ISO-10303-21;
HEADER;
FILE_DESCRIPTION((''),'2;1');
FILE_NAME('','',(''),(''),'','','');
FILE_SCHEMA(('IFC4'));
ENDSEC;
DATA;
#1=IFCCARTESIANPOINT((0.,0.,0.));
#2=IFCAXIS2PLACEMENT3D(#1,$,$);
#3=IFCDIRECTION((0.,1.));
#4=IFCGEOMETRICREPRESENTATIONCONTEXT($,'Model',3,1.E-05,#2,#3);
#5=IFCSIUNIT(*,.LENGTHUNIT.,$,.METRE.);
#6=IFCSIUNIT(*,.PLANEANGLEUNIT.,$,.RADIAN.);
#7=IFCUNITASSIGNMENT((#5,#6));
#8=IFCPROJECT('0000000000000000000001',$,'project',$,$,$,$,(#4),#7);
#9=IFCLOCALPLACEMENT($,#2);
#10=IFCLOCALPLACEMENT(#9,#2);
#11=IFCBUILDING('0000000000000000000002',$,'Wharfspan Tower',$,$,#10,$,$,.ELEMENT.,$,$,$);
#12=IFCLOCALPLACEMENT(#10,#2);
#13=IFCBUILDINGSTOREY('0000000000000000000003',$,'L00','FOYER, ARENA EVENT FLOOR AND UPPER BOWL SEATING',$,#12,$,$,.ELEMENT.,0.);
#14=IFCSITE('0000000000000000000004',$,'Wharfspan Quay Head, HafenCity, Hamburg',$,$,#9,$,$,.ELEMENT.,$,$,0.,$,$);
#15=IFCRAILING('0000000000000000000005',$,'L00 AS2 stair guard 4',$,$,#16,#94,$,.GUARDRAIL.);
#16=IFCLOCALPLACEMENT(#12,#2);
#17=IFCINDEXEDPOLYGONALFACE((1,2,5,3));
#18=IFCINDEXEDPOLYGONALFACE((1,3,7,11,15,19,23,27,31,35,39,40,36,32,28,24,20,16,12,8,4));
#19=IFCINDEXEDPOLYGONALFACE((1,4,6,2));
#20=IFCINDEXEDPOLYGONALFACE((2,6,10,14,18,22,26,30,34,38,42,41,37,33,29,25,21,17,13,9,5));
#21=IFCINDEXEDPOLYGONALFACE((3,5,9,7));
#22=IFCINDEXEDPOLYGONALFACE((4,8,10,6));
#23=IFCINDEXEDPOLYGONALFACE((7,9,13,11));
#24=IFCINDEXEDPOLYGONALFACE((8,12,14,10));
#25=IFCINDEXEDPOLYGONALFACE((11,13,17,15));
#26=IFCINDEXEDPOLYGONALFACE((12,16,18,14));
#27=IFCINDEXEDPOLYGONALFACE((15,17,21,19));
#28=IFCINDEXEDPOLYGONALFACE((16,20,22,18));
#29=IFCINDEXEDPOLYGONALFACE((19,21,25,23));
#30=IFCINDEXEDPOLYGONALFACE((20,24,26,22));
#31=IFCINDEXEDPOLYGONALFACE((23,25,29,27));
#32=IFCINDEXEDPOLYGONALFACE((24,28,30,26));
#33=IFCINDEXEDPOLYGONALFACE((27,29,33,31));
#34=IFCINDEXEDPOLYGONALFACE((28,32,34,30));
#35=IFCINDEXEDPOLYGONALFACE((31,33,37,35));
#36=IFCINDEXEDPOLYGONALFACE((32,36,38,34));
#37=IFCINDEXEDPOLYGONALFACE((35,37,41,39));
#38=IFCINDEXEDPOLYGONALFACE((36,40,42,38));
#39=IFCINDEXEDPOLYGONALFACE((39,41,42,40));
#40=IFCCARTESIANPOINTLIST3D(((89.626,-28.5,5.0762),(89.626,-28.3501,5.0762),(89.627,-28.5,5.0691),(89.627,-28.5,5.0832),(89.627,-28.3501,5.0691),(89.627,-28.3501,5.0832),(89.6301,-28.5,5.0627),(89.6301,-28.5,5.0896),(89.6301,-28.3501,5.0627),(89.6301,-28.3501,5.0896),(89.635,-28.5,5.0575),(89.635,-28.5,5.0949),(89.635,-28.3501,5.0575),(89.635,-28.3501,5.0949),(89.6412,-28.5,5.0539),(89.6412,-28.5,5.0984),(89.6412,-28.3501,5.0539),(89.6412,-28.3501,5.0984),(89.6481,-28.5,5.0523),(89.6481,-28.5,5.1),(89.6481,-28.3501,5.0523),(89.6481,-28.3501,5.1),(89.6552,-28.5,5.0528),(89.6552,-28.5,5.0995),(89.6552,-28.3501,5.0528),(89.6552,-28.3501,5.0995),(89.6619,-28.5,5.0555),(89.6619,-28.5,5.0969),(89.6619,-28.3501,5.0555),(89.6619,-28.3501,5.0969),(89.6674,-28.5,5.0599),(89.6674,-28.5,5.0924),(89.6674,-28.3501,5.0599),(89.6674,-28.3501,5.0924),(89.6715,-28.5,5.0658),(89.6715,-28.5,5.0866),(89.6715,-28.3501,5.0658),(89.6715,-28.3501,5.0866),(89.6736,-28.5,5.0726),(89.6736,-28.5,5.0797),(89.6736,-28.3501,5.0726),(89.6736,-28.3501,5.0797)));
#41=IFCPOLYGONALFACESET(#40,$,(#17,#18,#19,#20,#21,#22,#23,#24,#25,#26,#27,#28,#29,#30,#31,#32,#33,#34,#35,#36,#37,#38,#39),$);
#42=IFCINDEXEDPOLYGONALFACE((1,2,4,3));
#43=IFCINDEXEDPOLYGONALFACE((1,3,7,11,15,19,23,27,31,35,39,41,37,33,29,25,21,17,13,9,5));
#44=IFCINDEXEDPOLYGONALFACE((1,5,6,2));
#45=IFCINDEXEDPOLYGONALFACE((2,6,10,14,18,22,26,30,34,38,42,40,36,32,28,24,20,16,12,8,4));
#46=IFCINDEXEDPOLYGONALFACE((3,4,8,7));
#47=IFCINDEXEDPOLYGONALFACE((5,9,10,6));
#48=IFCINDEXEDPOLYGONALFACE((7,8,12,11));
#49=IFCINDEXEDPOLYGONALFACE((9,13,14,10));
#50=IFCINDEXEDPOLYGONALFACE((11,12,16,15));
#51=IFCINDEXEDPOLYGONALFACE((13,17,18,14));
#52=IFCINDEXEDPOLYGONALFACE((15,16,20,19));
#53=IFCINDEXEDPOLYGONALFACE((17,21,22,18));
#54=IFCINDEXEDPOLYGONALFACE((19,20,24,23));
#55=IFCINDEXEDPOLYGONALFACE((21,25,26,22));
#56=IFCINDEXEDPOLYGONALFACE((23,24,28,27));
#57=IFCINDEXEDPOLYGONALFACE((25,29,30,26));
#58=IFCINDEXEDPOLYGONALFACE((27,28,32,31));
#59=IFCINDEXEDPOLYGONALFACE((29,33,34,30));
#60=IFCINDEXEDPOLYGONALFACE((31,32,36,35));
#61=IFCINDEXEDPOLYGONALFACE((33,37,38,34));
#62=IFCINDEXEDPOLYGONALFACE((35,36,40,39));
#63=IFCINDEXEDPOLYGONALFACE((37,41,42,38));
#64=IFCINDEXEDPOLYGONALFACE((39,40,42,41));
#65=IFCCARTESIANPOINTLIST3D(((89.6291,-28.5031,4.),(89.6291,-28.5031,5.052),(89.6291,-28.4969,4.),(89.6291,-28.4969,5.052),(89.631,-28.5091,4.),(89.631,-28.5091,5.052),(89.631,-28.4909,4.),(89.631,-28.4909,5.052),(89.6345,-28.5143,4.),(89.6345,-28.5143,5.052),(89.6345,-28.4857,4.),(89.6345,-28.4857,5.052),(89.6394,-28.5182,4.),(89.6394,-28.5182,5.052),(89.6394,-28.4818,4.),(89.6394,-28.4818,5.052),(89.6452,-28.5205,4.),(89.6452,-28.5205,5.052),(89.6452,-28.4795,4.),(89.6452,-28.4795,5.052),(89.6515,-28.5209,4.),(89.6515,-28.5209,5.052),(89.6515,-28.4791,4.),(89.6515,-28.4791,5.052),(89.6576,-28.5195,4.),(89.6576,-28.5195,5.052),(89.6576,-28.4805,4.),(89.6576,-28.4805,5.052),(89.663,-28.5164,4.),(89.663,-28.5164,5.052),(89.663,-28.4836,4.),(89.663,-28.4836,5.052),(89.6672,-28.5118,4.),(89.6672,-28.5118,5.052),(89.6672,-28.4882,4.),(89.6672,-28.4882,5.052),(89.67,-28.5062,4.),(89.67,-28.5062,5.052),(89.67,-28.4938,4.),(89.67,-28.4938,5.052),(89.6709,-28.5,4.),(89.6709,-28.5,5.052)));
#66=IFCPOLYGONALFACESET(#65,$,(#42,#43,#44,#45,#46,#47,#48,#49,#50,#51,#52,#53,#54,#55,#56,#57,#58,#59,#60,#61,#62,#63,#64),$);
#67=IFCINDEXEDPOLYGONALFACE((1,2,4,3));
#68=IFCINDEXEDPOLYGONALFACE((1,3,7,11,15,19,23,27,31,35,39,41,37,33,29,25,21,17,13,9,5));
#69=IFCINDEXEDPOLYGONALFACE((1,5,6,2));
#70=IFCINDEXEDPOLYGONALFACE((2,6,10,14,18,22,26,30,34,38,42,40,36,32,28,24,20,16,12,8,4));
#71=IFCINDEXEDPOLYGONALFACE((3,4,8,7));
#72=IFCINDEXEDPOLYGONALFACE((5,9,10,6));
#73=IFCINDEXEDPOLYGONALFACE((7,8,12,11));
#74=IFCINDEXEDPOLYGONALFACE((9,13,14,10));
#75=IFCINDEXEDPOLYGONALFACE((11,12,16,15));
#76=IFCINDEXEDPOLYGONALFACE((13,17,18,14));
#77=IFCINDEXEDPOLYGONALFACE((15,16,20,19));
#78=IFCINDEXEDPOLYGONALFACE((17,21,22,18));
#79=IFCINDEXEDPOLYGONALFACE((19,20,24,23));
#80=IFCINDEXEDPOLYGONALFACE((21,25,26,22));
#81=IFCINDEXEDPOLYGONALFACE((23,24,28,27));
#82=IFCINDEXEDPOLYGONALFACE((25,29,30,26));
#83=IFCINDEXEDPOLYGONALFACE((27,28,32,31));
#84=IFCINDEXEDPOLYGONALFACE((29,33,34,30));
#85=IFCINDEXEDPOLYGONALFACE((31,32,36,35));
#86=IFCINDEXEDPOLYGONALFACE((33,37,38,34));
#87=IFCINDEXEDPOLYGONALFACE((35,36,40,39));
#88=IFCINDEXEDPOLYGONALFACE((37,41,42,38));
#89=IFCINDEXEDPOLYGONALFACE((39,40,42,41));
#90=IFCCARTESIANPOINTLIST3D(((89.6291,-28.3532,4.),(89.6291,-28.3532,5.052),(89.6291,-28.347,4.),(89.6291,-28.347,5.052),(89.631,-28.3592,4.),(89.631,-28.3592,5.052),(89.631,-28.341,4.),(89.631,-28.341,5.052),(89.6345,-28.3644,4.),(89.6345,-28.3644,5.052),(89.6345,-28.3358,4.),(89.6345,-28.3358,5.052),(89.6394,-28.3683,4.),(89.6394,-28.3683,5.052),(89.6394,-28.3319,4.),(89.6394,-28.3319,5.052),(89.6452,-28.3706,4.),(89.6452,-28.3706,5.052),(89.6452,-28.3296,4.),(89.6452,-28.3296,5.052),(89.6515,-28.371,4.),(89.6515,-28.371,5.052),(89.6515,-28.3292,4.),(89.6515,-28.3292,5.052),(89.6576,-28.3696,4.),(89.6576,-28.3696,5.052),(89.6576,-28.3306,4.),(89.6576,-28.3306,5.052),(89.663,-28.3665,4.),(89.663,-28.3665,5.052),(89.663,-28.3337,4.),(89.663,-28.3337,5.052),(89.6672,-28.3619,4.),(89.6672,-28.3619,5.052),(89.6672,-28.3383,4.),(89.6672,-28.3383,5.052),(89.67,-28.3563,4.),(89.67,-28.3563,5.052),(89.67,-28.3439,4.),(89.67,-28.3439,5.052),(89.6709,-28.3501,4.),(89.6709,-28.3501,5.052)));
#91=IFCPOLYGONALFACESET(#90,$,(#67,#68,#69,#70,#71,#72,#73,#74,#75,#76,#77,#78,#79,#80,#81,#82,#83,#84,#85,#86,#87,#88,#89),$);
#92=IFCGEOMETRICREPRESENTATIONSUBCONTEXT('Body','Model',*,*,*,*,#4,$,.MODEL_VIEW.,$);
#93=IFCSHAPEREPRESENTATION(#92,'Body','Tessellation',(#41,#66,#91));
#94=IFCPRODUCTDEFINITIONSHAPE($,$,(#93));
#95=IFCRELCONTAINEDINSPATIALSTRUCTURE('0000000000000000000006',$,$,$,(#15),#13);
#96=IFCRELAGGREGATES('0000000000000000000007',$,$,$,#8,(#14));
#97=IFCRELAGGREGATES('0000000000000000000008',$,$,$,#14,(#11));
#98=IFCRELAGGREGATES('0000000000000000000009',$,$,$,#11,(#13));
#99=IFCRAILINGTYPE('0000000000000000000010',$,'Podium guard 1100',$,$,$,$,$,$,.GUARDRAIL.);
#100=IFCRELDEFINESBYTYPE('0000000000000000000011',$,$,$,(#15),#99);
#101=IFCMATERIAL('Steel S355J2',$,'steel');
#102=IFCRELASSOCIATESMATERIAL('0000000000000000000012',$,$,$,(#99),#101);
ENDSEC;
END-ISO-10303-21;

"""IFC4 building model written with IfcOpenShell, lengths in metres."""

from ifc_helpers import new_model, si_unit, direction, frame, origin, origin_2d, place, context, subcontext, project, spatial, circle, extrude, material, type_object, element, save


model = new_model("IFC4")

# Units and contexts
model_context = context("Model", 3, precision=1e-05, world=origin(), true_north=direction((0.0, 1.0)))
body_context = subcontext(model_context, "Body", "Model", "MODEL_VIEW")
ifc_project = project(units=[si_unit("LENGTHUNIT", "METRE"), si_unit("PLANEANGLEUNIT", "RADIAN")], contexts=[model_context])

# Site, building, storey
site_placement = place(None, origin())
site = spatial("IfcSite", under=ifc_project, at=site_placement, Name="Wharfspan Quay Head, HafenCity, Hamburg", CompositionType="ELEMENT", RefElevation=0.0)
building_placement = place(site_placement, origin())
building = spatial("IfcBuilding", under=site, at=building_placement, Name="Wharfspan Tower", CompositionType="ELEMENT")
storey_placement = place(building_placement, origin())
storey = spatial("IfcBuildingStorey", under=building, at=storey_placement, Name="L00", Description="FOYER, ARENA EVENT FLOOR AND UPPER BOWL SEATING", CompositionType="ELEMENT", Elevation=0.0)

# Railing
ifc_material_1 = material(Name="Steel S355J2", Category="steel")
railing_type_1 = type_object("IfcRailingType", Name="Podium guard 1100", PredefinedType="GUARDRAIL", material=ifc_material_1)
railing_1_placement = place(storey_placement, frame((89.6499, -28.5, 4.0)))
element("IfcRailing", 1, at=railing_1_placement, inside=storey, type_object=railing_type_1, Name="L00 AS2 stair guard 4", PredefinedType="GUARDRAIL", context=body_context, shape_type="SweptSolid", body=[
    extrude(circle(Radius=0.0239, at=origin_2d()), frame((0.0, 0.0, 1.0762), z_axis=(0.0, 1.0, 0.0), x_axis=(-1.0, 0.0, 0.0)), (0.0, 0.0, 1.0), 0.1499),
    extrude(circle(Radius=0.021, at=origin_2d()), origin(), (0.0, 0.0, 1.0), 1.052),
    extrude(circle(Radius=0.021, at=origin_2d()), frame((0.0, 0.1499, 0.0)), (0.0, 0.0, 1.0), 1.052),
])

save(model, "model.ifc")
